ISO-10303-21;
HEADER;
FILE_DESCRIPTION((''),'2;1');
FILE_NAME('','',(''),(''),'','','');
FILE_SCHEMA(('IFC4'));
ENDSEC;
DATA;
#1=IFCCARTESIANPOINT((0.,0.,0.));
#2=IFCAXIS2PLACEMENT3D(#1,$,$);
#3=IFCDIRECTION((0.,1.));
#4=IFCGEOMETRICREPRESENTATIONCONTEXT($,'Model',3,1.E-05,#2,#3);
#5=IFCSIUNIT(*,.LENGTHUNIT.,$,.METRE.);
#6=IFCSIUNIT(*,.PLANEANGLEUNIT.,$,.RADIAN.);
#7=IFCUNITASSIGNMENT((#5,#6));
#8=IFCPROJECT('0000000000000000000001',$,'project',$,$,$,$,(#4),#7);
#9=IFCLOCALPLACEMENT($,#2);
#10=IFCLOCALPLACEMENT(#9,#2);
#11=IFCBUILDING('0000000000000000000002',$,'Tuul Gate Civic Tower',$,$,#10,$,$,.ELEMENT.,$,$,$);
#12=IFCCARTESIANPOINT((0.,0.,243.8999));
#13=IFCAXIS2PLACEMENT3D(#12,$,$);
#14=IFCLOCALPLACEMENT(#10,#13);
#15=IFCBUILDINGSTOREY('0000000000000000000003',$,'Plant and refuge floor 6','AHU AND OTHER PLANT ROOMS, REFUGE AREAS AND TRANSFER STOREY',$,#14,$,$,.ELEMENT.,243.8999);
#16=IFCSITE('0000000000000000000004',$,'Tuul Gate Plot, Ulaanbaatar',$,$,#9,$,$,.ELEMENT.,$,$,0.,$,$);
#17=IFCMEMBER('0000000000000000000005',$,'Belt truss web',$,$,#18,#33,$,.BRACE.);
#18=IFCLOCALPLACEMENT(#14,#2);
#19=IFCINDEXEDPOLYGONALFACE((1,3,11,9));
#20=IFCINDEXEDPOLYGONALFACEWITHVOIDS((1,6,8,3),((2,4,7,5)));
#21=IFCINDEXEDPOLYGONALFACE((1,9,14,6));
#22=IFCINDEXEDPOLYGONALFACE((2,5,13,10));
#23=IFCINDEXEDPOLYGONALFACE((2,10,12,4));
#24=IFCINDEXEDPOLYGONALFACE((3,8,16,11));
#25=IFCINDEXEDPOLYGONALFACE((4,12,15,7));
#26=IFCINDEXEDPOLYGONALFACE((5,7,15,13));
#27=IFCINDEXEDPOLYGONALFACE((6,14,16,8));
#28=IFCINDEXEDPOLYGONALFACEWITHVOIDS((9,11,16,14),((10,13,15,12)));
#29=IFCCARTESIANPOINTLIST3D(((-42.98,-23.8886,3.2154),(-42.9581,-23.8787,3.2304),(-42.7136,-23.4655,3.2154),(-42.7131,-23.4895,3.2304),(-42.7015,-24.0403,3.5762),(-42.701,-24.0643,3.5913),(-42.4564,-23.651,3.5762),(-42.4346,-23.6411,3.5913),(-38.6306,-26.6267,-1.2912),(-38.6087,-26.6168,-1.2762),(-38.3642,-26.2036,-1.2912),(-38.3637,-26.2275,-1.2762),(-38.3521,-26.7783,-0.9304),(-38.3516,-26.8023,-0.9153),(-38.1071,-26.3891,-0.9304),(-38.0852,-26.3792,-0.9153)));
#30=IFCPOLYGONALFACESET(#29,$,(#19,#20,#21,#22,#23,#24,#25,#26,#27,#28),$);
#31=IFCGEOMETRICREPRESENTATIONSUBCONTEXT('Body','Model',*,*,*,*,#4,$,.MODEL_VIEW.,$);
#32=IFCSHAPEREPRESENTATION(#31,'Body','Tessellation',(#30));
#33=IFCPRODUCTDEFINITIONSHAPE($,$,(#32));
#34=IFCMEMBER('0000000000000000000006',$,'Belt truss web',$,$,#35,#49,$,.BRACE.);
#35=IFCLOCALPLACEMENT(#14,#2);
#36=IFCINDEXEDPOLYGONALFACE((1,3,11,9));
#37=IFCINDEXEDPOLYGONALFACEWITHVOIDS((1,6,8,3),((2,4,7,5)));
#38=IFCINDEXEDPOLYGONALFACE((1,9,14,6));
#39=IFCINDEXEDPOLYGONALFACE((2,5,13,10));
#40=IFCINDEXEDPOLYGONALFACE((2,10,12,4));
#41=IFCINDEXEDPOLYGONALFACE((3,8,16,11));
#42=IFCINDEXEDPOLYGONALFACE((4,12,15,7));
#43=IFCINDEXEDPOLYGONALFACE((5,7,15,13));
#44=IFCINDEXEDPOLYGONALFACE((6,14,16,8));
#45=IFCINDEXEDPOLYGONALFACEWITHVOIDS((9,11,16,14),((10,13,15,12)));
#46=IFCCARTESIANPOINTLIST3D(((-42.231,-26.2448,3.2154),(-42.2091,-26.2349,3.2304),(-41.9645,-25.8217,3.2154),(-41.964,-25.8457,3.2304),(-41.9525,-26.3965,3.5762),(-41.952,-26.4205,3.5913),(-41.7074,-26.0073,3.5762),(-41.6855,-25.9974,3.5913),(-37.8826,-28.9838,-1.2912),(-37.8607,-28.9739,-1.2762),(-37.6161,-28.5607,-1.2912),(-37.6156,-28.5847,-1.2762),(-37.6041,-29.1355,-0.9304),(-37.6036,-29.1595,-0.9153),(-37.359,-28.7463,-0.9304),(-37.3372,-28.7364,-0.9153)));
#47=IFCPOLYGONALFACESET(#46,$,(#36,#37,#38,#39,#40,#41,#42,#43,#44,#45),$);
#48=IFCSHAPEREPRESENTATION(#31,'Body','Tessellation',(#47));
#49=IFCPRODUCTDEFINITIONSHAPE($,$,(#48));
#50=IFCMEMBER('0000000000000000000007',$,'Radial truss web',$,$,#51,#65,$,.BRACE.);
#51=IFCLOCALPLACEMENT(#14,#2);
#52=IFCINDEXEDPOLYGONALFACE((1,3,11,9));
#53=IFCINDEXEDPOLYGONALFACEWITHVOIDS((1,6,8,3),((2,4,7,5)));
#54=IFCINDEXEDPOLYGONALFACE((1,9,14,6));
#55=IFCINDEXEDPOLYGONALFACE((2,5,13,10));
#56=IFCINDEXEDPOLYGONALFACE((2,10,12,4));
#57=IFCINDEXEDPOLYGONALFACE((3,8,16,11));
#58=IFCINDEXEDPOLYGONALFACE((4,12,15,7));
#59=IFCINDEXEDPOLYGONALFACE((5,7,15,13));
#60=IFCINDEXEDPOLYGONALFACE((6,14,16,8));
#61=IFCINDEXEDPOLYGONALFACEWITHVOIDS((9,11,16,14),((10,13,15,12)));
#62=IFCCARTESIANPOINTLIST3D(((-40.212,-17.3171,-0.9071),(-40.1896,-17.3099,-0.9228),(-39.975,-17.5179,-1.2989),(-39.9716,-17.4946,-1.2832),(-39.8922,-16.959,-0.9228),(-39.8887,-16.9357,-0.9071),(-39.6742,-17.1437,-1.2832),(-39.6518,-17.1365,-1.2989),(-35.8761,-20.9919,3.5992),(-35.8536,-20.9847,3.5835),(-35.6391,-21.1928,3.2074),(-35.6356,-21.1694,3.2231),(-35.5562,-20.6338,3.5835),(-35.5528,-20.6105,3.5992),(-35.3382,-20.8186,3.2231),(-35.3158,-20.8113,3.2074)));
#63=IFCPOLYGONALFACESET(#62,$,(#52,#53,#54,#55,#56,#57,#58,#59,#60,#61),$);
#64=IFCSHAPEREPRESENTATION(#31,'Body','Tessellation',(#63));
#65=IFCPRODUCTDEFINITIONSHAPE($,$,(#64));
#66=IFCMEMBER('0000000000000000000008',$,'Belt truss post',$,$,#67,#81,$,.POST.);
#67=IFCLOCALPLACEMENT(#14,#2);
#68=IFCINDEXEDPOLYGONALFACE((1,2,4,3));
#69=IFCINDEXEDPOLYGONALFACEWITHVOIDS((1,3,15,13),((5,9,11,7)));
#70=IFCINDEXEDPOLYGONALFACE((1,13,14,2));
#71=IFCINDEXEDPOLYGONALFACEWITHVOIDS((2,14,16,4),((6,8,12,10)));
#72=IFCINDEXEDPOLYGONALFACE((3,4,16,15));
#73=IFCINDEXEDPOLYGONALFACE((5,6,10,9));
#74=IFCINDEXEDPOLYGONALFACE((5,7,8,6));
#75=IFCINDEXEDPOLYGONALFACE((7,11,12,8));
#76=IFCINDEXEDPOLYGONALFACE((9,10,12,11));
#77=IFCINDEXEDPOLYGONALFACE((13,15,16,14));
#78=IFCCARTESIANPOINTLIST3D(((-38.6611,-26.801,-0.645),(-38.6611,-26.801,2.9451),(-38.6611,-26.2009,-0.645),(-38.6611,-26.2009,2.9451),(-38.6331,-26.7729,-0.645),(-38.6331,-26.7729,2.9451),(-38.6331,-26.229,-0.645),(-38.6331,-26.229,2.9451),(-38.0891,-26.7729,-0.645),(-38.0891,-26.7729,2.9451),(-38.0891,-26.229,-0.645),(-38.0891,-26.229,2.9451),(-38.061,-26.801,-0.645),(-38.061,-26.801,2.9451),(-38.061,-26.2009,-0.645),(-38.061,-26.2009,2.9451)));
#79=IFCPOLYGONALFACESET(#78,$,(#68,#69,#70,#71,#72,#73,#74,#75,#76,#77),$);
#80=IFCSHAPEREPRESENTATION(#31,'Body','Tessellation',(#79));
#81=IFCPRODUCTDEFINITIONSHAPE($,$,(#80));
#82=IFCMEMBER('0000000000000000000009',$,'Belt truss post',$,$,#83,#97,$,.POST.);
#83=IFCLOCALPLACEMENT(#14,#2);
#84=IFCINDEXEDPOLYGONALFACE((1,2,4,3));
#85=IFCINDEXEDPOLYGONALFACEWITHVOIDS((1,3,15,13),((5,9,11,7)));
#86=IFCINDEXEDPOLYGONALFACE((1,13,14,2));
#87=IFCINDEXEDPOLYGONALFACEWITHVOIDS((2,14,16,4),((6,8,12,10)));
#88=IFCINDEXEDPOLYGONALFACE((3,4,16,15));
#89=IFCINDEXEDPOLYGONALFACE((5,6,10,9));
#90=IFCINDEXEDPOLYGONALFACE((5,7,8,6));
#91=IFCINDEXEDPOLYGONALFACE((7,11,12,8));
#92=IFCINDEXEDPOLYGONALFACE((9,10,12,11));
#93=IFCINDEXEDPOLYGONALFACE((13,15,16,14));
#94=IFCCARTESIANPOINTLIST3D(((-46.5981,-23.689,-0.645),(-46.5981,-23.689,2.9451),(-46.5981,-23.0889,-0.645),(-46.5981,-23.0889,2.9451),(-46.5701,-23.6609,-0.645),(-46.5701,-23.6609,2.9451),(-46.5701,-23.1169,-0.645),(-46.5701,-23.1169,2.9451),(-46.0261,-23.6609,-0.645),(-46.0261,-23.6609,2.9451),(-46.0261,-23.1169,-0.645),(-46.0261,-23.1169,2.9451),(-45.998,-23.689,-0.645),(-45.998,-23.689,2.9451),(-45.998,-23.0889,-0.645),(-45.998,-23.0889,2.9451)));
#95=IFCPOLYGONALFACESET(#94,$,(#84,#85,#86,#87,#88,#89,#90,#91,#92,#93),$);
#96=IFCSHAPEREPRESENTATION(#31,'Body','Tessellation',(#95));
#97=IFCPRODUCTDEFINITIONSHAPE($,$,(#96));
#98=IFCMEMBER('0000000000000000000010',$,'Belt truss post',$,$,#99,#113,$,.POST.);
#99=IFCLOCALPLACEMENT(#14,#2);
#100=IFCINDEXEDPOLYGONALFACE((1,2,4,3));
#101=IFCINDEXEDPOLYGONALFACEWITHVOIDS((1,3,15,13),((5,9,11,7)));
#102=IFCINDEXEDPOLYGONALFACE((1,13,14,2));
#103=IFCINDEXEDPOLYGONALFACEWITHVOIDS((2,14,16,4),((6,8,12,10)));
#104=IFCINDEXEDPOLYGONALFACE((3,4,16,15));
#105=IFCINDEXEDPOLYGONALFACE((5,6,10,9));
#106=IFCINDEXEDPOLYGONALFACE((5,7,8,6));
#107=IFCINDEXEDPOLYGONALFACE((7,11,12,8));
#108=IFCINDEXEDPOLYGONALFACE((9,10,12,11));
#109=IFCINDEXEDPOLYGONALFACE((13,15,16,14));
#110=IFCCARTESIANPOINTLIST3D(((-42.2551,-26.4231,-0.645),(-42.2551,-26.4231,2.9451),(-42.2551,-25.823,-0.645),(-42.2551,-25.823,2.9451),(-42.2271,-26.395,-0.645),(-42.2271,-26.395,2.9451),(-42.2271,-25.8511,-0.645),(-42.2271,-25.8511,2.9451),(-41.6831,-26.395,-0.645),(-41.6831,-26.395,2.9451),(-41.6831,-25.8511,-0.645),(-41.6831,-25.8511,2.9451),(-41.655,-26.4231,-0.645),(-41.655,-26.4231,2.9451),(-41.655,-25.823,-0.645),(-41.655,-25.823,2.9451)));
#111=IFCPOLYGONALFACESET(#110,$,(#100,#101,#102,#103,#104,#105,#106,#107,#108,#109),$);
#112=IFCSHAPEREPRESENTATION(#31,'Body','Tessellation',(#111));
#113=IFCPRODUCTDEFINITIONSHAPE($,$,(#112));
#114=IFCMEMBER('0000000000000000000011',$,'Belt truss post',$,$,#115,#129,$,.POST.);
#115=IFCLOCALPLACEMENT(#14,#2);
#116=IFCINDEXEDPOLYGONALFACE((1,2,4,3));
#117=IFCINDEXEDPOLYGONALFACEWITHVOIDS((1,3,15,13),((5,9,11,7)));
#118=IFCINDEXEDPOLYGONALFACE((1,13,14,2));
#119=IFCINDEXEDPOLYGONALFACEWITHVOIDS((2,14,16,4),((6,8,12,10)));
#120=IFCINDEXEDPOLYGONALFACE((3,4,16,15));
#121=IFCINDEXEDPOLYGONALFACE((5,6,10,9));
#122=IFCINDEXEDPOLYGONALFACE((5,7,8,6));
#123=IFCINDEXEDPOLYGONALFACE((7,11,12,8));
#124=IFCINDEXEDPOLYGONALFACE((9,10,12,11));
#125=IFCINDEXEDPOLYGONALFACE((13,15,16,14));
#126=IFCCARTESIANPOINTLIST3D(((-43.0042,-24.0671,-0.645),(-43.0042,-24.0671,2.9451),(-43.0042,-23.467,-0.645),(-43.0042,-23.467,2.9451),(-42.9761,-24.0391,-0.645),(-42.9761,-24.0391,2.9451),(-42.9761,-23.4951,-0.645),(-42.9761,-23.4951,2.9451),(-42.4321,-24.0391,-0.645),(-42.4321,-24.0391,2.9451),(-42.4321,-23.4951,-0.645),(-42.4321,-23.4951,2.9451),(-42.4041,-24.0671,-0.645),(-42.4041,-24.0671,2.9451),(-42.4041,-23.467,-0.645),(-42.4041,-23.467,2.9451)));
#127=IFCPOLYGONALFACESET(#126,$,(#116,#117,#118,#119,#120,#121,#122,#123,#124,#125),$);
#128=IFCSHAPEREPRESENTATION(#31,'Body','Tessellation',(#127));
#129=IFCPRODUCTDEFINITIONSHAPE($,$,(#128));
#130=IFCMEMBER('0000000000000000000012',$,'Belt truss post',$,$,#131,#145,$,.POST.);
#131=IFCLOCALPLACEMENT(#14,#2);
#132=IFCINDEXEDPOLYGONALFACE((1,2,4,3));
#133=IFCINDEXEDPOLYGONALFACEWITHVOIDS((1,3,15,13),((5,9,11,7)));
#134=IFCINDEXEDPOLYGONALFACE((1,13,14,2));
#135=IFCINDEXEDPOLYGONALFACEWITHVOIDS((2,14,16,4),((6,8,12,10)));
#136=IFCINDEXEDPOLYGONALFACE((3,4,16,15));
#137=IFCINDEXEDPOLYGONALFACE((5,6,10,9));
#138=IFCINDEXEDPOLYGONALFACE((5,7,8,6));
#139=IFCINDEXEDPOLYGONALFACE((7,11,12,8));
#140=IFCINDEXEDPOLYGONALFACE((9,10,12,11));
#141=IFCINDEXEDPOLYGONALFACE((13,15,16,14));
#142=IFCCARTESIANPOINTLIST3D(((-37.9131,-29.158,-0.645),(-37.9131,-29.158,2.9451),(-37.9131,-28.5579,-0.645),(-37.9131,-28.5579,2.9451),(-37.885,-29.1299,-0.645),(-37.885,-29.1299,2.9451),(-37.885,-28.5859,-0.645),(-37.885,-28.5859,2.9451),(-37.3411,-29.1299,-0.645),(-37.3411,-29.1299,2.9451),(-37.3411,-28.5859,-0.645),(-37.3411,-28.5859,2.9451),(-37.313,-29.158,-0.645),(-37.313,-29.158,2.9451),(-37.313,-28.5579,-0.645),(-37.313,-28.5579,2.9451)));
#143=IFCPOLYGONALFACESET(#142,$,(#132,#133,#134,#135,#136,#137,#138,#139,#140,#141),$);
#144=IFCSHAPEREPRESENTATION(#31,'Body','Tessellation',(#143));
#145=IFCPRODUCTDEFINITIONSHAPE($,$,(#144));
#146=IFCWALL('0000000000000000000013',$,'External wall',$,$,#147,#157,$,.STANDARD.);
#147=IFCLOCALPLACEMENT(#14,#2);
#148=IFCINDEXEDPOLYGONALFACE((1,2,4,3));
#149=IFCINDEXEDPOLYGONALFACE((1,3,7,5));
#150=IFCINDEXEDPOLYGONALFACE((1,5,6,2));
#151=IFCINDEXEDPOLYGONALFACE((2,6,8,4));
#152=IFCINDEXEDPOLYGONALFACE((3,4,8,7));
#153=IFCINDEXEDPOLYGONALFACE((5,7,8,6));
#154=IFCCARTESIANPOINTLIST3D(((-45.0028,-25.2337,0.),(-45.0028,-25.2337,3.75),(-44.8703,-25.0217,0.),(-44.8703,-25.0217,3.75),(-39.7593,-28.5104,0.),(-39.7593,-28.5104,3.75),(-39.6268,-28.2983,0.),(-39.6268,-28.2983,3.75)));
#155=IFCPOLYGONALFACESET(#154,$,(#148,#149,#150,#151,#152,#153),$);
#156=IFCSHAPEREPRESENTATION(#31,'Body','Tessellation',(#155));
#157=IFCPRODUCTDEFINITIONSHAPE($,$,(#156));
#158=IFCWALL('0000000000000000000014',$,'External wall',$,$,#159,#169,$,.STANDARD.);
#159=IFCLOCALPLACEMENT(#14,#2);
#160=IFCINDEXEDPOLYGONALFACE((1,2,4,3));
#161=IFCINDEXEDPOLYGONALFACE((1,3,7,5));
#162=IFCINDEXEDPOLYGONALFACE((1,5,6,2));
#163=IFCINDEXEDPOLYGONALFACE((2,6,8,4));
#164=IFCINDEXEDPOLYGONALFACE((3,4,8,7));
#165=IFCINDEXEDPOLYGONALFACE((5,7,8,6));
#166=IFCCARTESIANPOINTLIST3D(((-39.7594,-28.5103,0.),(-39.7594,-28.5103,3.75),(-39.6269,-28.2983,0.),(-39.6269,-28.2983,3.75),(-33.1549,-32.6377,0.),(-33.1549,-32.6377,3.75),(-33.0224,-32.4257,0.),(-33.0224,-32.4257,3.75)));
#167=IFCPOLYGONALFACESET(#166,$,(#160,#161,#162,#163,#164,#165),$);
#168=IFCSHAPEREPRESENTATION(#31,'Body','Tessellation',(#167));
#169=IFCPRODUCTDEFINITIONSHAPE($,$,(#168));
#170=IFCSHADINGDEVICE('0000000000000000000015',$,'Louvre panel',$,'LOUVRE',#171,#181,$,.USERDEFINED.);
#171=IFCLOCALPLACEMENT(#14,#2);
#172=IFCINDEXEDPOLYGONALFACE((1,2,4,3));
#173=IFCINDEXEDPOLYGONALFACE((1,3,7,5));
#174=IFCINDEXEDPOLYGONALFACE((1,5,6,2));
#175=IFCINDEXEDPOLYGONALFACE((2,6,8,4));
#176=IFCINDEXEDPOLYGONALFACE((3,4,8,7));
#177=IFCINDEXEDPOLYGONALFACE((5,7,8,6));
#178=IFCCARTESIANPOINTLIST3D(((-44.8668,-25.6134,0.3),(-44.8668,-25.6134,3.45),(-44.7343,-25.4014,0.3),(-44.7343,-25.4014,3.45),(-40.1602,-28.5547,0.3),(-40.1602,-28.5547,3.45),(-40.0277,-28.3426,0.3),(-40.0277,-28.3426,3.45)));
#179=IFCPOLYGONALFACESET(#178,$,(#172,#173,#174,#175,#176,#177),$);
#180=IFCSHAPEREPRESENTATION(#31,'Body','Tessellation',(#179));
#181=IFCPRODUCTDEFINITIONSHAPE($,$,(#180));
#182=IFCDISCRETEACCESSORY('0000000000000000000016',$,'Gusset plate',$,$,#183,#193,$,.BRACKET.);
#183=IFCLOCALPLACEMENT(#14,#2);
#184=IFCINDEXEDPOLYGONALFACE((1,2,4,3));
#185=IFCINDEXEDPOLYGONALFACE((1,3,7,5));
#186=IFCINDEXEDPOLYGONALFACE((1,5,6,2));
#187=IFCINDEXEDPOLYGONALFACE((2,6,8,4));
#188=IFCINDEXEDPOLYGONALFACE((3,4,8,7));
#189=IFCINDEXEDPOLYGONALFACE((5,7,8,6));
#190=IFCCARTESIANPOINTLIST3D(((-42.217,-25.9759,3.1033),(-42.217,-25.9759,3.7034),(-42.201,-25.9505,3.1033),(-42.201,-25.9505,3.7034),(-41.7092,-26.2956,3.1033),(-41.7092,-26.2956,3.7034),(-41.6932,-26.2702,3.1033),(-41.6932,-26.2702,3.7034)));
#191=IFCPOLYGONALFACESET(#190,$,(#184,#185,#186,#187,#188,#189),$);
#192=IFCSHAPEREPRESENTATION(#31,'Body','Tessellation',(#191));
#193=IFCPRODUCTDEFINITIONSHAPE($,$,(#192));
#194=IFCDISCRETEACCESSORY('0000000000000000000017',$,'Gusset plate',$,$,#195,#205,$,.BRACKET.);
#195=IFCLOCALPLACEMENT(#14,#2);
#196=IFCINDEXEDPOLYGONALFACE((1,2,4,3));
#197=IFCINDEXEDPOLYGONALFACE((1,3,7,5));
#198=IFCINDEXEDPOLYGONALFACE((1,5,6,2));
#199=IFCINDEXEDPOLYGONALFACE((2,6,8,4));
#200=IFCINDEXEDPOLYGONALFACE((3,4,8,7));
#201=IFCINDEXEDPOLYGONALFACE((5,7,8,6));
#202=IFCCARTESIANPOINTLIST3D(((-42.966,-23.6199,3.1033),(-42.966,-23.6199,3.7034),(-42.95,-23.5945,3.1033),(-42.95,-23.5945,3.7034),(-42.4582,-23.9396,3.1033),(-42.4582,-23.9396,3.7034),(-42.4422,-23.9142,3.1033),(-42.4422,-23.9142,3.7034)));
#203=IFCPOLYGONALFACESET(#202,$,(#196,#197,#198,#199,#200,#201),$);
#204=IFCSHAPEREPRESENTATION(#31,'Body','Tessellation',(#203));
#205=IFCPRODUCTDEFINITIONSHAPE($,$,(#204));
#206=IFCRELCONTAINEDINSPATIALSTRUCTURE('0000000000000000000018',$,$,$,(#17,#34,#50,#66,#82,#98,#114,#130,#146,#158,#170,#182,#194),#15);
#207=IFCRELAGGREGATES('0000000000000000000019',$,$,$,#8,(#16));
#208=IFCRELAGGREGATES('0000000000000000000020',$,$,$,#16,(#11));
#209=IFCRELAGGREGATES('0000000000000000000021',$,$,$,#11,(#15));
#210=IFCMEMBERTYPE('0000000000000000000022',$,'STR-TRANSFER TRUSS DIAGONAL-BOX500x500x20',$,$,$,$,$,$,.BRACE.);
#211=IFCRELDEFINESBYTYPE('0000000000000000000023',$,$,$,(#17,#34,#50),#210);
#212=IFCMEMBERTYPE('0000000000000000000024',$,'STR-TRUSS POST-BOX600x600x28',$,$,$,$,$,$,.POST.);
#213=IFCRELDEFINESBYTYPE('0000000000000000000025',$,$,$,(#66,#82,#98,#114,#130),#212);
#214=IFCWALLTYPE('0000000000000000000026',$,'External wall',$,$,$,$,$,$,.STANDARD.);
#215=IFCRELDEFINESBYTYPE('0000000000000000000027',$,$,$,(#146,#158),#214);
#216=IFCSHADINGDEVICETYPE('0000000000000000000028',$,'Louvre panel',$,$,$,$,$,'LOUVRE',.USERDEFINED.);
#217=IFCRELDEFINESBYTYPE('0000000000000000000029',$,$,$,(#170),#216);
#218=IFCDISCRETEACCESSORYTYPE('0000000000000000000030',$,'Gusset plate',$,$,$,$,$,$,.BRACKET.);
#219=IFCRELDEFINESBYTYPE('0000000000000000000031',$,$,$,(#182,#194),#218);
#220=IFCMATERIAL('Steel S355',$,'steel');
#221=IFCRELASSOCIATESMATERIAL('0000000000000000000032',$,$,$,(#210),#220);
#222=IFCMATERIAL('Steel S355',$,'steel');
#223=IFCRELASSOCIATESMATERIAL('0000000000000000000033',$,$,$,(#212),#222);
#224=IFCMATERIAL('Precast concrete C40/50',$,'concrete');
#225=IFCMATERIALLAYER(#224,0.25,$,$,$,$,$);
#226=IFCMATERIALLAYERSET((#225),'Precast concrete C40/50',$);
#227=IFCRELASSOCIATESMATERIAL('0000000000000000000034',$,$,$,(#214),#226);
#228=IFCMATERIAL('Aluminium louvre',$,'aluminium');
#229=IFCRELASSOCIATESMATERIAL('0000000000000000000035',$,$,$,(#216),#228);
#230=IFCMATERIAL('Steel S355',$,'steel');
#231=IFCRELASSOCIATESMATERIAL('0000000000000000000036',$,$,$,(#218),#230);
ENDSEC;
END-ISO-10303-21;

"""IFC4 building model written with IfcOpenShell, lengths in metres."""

from ifc_helpers import new_model, si_unit, direction, frame, frame_2d, origin, origin_2d, place, context, subcontext, project, spatial, rectangle, hollow_rectangle, extrude, material, layer, layer_set, material_profile, profile_set, type_object, element, save


model = new_model("IFC4")

# Units and contexts
model_context = context("Model", 3, precision=1e-05, world=origin(), true_north=direction((0.0, 1.0)))
body_context = subcontext(model_context, "Body", "Model", "MODEL_VIEW")
ifc_project = project(units=[si_unit("LENGTHUNIT", "METRE"), si_unit("PLANEANGLEUNIT", "RADIAN")], contexts=[model_context])

# Site, building, storey
site_placement = place(None, origin())
site = spatial("IfcSite", under=ifc_project, at=site_placement, Name="Tuul Gate Plot, Ulaanbaatar", CompositionType="ELEMENT", RefElevation=0.0)
building_placement = place(site_placement, origin())
building = spatial("IfcBuilding", under=site, at=building_placement, Name="Tuul Gate Civic Tower", CompositionType="ELEMENT")
storey_placement = place(building_placement, frame((0.0, 0.0, 243.8999)))
storey = spatial("IfcBuildingStorey", under=building, at=storey_placement, Name="Plant and refuge floor 6", Description="AHU AND OTHER PLANT ROOMS, REFUGE AREAS AND TRANSFER STOREY", CompositionType="ELEMENT", Elevation=243.8999)

# Members
ifc_material_1 = material(Name="Steel S355", Category="steel")
ifc_material_profile_1 = material_profile(ifc_material_1, hollow_rectangle(XDim=0.5, YDim=0.5, WallThickness=0.02, at=origin_2d()), Name="BOX500x500x20")
ifc_profile_set_1 = profile_set([ifc_material_profile_1], Name="Steel S355")
member_type_1 = type_object("IfcMemberType", Name="STR-TRANSFER TRUSS DIAGONAL-BOX500x500x20", PredefinedType="BRACE", material=ifc_profile_set_1)
member_1_placement = place(storey_placement, frame((-38.3579, -26.5029, -1.1033), z_axis=(-0.636297, 0.400565, 0.659298), x_axis=(-0.53275, -0.846273, 0.0)))
element("IfcMember", 1, at=member_1_placement, inside=storey, type_object=member_type_1, Name="Belt truss web", PredefinedType="BRACE", context=body_context, shape_type="SweptSolid", body=[
    extrude(hollow_rectangle(XDim=0.5, YDim=0.5, WallThickness=0.02, at=origin_2d()), origin(), (0.0, 0.0, 1.0), 6.8354),
])
member_2_placement = place(storey_placement, frame((-37.6099, -28.8601, -1.1033), z_axis=(-0.636175, 0.400721, 0.65932), x_axis=(-0.532972, -0.846133, 0.0)))
element("IfcMember", 2, at=member_2_placement, inside=storey, type_object=member_type_1, Name="Belt truss web", PredefinedType="BRACE", context=body_context, shape_type="SweptSolid", body=[
    extrude(hollow_rectangle(XDim=0.5, YDim=0.5, WallThickness=0.02, at=origin_2d()), origin(), (0.0, 0.0, 1.0), 6.8352),
])
member_3_placement = place(storey_placement, frame((-39.9319, -17.2268, -1.103), z_axis=(0.597781, -0.506632, 0.621274), x_axis=(0.646551, 0.762871, 0.0)))
element("IfcMember", 3, at=member_3_placement, inside=storey, type_object=member_type_1, Name="Radial truss web", PredefinedType="BRACE", context=body_context, shape_type="SweptSolid", body=[
    extrude(hollow_rectangle(XDim=0.5, YDim=0.5, WallThickness=0.02, at=origin_2d()), origin(), (0.0, 0.0, 1.0), 7.2534),
])
ifc_material_2 = material(Name="Steel S355", Category="steel")
ifc_material_profile_2 = material_profile(ifc_material_2, hollow_rectangle(XDim=0.6001, YDim=0.6001, WallThickness=0.0281, at=origin_2d()), Name="BOX600x600x28")
ifc_profile_set_2 = profile_set([ifc_material_profile_2], Name="Steel S355")
member_type_2 = type_object("IfcMemberType", Name="STR-TRUSS POST-BOX600x600x28", PredefinedType="POST", material=ifc_profile_set_2)
for number, where, z_axis, x_axis, name in (
    (4, (-38.3611, -26.501, -0.645), (0.0, 0.0, 1.0), (1.0, 0.0, 0.0), "Belt truss post"),
    (5, (-46.2981, -23.3889, -0.645), (0.0, 0.0, 1.0), (1.0, 0.0, 0.0), "Belt truss post"),
    (6, (-41.9551, -26.123, -0.645), (0.0, 0.0, 1.0), (1.0, 0.0, 0.0), "Belt truss post"),
    (7, (-42.7041, -23.7671, -0.645), (0.0, 0.0, 1.0), (1.0, 0.0, 0.0), "Belt truss post"),
    (8, (-37.613, -28.8579, -0.645), (0.0, 0.0, 1.0), (1.0, 0.0, 0.0), "Belt truss post"),
):
    element("IfcMember", number, at=place(storey_placement, frame(where, z_axis=z_axis, x_axis=x_axis)), inside=storey, type_object=member_type_2, Name=name, PredefinedType="POST", context=body_context, shape_type="SweptSolid", body=[
        extrude(hollow_rectangle(XDim=0.6001, YDim=0.6001, WallThickness=0.0281, at=origin_2d()), origin(), (0.0, 0.0, 1.0), 3.5901),
    ])

# Walls
ifc_material_3 = material(Name="Precast concrete C40/50", Category="concrete")
ifc_layer = layer(ifc_material_3, 0.25)
ifc_layer_set = layer_set([ifc_layer], Name="Precast concrete C40/50")
wall_type = type_object("IfcWallType", Name="External wall", PredefinedType="STANDARD", material=ifc_layer_set)
wall_1_placement = place(storey_placement, frame((-44.9365, -25.1277, 0.0), z_axis=(0.0, 0.0, 1.0), x_axis=(0.848036, -0.529939, 0.0)))
element("IfcWall", 9, at=wall_1_placement, inside=storey, type_object=wall_type, Name="External wall", PredefinedType="STANDARD", context=body_context, shape_type="SweptSolid", body=[
    extrude(rectangle(XDim=6.1831, YDim=0.25, at=frame_2d((3.0916, 0.0))), origin(), (0.0, 0.0, 1.0), 3.75),
])
wall_2_placement = place(storey_placement, frame((-39.6931, -28.4043, 0.0), z_axis=(0.0, 0.0, 1.0), x_axis=(0.848019, -0.529965, 0.0)))
element("IfcWall", 10, at=wall_2_placement, inside=storey, type_object=wall_type, Name="External wall", PredefinedType="STANDARD", context=body_context, shape_type="SweptSolid", body=[
    extrude(rectangle(XDim=7.7881, YDim=0.25, at=frame_2d((3.894, 0.0))), origin(), (0.0, 0.0, 1.0), 3.75),
])

# Shading device
ifc_material_4 = material(Name="Aluminium louvre", Category="aluminium")
shading_device_type = type_object("IfcShadingDeviceType", Name="Louvre panel", ElementType="LOUVRE", PredefinedType="USERDEFINED", material=ifc_material_4)
shading_device_placement = place(storey_placement, frame((-42.4473, -26.978, 0.3), z_axis=(0.0, 0.0, 1.0), x_axis=(-0.52995, -0.848029, 0.0)))
element("IfcShadingDevice", 11, at=shading_device_placement, inside=storey, type_object=shading_device_type, Name="Louvre panel", ObjectType="LOUVRE", PredefinedType="USERDEFINED", context=body_context, shape_type="SweptSolid", body=[
    extrude(rectangle(XDim=0.25, YDim=5.55, at=origin_2d()), origin(), (0.0, 0.0, 1.0), 3.1499),
])

# Discrete accessories
ifc_material_5 = material(Name="Steel S355", Category="steel")
discrete_accessory_type = type_object("IfcDiscreteAccessoryType", Name="Gusset plate", PredefinedType="BRACKET", material=ifc_material_5)
for number, where, z_axis, x_axis, name in (
    (12, (-41.9551, -26.123, 3.1033), (0.0, 0.0, 1.0), (-0.846275, 0.532746, 0.0), "Gusset plate"),
    (13, (-42.7041, -23.7671, 3.1033), (0.0, 0.0, 1.0), (0.846275, -0.532746, 0.0), "Gusset plate"),
):
    element("IfcDiscreteAccessory", number, at=place(storey_placement, frame(where, z_axis=z_axis, x_axis=x_axis)), inside=storey, type_object=discrete_accessory_type, Name=name, PredefinedType="BRACKET", context=body_context, shape_type="SweptSolid", body=[
        extrude(rectangle(XDim=0.6001, YDim=0.03, at=origin_2d()), origin(), (0.0, 0.0, 1.0), 0.6001),
    ])

save(model, "model.ifc")
